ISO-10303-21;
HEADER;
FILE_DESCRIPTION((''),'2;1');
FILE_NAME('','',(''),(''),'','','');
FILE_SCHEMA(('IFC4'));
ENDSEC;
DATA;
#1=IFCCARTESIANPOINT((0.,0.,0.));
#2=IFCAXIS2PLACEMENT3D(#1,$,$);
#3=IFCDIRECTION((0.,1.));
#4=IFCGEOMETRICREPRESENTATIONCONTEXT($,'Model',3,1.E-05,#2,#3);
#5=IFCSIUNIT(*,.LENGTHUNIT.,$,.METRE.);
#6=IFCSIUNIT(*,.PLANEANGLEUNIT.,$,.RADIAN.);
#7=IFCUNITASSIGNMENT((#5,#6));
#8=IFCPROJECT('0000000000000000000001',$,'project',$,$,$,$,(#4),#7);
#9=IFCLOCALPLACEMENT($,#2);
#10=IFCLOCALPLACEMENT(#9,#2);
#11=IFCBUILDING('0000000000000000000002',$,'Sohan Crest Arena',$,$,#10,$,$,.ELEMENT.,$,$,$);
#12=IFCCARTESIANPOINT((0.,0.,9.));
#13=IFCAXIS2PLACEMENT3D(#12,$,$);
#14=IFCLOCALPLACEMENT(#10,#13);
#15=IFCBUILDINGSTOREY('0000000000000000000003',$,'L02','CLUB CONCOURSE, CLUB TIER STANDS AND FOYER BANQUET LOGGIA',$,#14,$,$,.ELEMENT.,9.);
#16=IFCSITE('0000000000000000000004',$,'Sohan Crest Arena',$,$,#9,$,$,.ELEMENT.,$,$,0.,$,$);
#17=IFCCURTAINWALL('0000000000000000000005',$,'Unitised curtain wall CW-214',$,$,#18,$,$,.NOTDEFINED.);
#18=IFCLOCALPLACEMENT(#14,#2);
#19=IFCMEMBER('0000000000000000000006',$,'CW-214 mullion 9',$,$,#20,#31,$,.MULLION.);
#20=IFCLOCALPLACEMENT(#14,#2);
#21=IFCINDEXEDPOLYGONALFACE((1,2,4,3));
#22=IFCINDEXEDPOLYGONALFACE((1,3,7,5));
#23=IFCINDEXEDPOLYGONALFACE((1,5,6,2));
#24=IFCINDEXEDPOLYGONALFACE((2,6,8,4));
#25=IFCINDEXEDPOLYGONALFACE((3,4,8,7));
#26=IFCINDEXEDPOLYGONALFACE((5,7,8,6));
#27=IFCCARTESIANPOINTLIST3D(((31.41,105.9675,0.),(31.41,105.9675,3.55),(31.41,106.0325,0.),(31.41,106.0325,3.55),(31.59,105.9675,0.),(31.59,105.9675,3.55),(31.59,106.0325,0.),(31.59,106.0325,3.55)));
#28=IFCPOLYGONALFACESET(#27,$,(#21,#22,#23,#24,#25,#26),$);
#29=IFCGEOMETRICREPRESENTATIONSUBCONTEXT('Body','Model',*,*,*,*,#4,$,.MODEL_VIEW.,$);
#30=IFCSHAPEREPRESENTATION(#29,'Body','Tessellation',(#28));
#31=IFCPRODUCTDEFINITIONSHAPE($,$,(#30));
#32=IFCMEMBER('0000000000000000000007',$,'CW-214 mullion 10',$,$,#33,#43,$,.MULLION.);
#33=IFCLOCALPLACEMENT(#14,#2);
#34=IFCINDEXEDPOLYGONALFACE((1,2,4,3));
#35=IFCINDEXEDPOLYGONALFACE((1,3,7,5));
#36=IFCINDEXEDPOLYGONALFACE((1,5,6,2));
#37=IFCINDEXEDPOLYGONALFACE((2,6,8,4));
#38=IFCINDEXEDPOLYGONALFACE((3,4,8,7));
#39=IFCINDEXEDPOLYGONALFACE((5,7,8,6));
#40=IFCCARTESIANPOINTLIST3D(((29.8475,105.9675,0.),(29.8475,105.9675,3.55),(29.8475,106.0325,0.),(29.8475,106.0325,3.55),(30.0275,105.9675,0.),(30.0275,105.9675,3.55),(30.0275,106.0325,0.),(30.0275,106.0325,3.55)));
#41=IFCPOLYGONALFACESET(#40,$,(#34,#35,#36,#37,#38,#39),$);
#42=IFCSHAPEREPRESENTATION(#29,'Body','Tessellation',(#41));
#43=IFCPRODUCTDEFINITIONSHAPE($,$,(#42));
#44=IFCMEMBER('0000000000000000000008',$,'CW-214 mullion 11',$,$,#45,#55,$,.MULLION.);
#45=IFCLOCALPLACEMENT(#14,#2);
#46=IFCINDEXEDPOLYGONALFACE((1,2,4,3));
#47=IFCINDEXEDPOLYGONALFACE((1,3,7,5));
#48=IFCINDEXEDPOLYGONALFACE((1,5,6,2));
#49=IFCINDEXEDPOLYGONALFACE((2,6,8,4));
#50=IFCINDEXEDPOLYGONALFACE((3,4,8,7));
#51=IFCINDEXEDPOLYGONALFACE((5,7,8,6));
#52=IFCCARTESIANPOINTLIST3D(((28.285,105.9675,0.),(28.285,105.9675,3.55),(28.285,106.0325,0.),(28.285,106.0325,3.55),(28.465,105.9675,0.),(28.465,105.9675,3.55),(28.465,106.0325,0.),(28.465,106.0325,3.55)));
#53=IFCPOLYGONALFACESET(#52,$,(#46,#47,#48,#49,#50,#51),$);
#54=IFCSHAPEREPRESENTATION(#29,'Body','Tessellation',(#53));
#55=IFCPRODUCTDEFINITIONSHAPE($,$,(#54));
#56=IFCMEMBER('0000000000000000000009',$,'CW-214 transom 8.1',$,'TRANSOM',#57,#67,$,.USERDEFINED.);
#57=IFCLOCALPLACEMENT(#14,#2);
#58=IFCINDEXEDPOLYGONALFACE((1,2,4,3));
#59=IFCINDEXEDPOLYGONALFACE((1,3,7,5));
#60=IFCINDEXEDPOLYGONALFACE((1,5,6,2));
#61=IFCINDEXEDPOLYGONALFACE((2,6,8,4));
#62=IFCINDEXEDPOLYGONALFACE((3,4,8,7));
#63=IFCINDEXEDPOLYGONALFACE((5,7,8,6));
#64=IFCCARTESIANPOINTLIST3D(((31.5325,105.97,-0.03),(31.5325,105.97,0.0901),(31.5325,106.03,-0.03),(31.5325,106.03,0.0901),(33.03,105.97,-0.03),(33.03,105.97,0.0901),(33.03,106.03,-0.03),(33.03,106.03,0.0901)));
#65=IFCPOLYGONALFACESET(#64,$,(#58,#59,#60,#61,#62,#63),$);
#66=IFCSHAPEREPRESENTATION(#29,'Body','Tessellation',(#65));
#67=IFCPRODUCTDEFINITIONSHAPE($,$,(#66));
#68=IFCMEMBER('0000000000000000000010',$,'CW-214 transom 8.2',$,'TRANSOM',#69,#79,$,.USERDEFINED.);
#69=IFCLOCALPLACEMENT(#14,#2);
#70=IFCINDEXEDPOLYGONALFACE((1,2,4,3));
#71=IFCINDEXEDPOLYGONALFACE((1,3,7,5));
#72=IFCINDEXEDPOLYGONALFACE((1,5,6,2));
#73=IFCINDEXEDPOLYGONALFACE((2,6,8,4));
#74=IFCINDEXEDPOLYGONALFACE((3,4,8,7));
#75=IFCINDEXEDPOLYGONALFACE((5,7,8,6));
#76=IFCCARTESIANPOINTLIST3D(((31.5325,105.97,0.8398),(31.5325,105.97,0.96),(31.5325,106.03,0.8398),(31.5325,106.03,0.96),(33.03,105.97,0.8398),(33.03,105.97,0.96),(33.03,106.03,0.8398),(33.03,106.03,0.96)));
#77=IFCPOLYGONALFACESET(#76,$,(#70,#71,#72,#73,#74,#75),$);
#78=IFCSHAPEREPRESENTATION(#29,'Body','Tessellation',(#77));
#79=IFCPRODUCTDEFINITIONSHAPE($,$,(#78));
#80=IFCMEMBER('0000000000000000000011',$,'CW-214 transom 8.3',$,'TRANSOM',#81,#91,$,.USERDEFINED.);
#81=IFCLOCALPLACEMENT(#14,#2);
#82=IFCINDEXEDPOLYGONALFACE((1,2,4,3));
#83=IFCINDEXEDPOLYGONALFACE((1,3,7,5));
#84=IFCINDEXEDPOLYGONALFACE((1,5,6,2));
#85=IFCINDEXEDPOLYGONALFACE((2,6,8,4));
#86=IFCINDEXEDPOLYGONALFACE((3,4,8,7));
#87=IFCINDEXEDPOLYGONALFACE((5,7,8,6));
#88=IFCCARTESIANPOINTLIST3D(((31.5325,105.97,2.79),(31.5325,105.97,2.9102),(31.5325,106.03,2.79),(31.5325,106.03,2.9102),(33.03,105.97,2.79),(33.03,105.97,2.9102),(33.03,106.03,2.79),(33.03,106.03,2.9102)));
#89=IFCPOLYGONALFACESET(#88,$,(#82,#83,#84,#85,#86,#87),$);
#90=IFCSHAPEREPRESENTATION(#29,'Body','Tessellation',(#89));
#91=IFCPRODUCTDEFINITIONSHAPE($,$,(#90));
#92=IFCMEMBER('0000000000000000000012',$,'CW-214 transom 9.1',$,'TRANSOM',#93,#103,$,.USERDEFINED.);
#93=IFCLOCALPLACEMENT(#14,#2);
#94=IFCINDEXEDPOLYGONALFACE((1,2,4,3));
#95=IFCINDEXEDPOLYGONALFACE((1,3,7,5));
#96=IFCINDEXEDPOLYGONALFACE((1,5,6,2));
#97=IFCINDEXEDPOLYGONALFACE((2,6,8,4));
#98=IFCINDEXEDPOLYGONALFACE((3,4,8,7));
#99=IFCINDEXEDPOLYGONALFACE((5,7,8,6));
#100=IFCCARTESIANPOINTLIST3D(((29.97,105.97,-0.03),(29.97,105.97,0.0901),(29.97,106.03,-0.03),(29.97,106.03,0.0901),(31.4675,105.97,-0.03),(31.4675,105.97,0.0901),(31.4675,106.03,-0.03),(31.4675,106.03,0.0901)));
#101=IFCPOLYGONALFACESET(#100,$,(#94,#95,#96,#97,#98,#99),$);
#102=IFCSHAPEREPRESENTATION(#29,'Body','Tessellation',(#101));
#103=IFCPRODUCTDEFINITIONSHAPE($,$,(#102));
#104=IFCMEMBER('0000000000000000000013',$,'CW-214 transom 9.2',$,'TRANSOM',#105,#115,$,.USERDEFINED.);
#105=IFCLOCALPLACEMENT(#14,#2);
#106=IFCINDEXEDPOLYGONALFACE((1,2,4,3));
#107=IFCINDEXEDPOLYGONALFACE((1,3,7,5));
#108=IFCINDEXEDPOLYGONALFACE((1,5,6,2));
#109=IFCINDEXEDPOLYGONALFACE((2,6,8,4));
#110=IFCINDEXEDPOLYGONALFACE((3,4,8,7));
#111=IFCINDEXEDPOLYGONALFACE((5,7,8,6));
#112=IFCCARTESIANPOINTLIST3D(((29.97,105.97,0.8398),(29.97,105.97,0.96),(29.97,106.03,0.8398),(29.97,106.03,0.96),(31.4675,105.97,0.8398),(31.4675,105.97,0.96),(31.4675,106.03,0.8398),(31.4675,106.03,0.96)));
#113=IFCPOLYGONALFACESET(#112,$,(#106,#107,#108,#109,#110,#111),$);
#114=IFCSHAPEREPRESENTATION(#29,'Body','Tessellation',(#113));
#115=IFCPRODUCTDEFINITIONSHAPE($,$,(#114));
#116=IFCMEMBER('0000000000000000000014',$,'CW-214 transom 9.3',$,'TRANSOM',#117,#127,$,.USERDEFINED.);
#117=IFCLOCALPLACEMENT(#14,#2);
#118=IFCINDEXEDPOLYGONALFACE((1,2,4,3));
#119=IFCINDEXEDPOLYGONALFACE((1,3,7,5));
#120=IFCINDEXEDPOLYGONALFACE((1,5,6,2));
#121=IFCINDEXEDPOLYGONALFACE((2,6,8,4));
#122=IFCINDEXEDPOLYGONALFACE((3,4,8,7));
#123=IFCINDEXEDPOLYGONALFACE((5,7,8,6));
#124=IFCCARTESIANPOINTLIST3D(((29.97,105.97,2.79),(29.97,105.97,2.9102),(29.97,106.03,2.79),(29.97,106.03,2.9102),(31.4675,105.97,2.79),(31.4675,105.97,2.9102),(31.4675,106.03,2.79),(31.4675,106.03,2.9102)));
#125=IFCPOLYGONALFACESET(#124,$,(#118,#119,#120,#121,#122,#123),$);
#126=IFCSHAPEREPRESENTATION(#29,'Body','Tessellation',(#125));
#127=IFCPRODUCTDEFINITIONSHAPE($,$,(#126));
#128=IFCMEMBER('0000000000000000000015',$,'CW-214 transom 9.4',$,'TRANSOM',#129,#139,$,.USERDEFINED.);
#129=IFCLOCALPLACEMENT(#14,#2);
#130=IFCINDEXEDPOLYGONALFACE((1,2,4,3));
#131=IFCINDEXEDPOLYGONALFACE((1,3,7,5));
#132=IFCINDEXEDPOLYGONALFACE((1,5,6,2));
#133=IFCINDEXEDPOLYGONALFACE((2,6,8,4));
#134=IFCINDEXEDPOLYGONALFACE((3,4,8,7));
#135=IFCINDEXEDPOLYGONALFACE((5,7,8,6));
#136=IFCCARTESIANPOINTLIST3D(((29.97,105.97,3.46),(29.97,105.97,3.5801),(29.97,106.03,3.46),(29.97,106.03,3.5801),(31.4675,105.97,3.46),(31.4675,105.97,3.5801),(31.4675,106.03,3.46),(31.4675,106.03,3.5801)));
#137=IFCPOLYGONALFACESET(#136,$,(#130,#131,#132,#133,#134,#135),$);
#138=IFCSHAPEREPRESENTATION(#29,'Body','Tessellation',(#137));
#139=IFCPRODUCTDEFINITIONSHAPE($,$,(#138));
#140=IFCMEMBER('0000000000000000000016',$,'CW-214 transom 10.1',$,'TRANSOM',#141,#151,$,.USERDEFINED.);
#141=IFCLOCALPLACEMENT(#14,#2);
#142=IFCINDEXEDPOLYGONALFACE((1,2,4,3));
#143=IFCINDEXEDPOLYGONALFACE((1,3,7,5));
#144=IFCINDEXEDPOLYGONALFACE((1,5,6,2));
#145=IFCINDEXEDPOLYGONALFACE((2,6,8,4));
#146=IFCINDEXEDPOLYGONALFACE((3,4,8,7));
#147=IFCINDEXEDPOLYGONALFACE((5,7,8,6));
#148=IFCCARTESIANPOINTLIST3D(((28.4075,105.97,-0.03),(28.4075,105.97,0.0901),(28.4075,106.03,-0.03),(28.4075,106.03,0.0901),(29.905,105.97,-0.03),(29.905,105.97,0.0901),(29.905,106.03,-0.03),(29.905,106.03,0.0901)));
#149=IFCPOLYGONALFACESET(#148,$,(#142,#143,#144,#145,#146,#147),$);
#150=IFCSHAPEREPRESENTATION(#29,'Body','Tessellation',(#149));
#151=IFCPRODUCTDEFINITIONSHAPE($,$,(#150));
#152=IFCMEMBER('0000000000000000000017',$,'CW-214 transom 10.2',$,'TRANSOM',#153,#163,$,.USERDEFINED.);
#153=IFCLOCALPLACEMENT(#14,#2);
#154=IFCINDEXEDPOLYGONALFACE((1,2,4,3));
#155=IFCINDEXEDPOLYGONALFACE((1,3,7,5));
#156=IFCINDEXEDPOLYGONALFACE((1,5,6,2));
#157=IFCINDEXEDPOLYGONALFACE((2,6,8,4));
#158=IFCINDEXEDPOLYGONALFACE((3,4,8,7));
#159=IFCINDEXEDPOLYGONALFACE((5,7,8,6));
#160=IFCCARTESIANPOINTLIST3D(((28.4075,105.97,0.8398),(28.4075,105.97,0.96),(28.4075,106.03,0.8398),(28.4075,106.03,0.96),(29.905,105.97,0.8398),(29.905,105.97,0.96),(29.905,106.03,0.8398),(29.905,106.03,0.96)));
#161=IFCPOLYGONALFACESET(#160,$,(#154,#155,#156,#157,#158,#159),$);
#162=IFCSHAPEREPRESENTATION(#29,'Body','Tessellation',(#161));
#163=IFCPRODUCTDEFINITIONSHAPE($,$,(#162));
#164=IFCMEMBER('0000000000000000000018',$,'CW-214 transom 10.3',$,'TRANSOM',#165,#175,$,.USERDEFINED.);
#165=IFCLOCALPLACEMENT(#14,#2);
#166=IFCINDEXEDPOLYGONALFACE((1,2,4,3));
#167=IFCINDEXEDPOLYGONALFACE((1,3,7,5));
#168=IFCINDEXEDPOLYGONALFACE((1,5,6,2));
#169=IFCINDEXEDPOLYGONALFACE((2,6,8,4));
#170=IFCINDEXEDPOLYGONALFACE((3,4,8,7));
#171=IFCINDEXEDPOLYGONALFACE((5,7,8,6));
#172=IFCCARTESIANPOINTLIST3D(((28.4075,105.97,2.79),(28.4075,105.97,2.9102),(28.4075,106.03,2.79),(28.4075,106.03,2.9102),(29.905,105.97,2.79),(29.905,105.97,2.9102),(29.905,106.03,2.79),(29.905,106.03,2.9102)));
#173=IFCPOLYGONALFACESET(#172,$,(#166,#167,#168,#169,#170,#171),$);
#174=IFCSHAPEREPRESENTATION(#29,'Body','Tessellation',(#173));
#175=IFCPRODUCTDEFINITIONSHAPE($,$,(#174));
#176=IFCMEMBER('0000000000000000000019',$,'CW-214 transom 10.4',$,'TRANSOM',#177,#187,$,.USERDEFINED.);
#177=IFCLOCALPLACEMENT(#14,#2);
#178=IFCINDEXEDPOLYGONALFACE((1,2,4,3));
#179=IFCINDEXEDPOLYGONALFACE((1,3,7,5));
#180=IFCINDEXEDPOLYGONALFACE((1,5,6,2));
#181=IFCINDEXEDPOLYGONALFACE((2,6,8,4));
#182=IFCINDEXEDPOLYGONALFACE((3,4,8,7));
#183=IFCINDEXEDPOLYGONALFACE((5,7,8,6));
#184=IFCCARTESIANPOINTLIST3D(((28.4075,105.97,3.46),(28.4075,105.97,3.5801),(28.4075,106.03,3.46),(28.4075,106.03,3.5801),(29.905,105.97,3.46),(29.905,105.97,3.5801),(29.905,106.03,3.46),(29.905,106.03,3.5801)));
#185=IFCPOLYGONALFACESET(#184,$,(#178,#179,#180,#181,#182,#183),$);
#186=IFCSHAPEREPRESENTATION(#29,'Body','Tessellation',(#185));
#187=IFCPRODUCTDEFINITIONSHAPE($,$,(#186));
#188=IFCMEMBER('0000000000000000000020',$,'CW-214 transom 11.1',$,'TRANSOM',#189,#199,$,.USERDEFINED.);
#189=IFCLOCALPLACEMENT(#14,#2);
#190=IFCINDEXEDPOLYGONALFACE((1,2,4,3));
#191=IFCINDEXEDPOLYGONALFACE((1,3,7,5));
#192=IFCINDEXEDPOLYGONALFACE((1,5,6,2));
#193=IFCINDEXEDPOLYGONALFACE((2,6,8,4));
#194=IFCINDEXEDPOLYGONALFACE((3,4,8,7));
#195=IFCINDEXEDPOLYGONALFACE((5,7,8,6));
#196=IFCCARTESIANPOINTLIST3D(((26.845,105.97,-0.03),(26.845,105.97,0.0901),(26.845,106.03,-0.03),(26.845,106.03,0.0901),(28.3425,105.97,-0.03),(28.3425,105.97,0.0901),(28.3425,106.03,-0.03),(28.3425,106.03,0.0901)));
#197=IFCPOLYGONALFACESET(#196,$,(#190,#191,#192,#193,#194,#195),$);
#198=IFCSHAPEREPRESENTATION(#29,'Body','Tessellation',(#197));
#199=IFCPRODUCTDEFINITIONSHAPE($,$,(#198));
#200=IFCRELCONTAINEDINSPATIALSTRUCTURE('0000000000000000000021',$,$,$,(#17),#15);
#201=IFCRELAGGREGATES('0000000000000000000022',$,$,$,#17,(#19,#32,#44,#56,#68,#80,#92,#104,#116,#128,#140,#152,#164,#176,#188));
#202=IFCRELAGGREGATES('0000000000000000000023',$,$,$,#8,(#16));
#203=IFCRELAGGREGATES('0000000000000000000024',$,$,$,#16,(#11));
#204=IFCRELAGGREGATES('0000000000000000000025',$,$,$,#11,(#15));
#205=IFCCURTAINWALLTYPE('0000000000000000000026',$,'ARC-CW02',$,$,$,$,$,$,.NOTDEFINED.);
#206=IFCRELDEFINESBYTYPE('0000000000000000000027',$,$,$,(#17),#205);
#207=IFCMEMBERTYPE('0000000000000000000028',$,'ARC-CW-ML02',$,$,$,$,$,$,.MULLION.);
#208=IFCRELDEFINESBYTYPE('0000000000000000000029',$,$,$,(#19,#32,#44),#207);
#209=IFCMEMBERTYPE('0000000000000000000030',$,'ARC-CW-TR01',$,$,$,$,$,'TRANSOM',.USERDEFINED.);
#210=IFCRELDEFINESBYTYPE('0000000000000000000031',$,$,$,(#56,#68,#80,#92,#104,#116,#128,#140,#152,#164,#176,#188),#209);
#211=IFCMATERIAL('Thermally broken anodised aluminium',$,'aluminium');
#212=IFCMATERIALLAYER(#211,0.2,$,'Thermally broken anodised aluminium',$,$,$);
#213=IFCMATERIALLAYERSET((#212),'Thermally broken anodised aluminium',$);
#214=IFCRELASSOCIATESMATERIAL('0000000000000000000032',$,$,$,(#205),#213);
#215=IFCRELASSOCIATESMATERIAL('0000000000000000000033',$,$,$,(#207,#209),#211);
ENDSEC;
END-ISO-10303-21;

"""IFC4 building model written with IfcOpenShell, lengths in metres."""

from ifc_helpers import new_model, si_unit, direction, frame, origin, origin_2d, place, context, subcontext, project, spatial, rectangle, extrude, material, layer, layer_set, material_profile, profile_set, type_object, element, aggregate, save


model = new_model("IFC4")

# Units and contexts
model_context = context("Model", 3, precision=1e-05, world=origin(), true_north=direction((0.0, 1.0)))
body_context = subcontext(model_context, "Body", "Model", "MODEL_VIEW")
ifc_project = project(units=[si_unit("LENGTHUNIT", "METRE"), si_unit("PLANEANGLEUNIT", "RADIAN")], contexts=[model_context])

# Site, building, storey
site_placement = place(None, origin())
site = spatial("IfcSite", under=ifc_project, at=site_placement, Name="Sohan Crest Arena", CompositionType="ELEMENT", RefElevation=0.0)
building_placement = place(site_placement, origin())
building = spatial("IfcBuilding", under=site, at=building_placement, Name="Sohan Crest Arena", CompositionType="ELEMENT")
storey_placement = place(building_placement, frame((0.0, 0.0, 9.0)))
storey = spatial("IfcBuildingStorey", under=building, at=storey_placement, Name="L02", Description="CLUB CONCOURSE, CLUB TIER STANDS AND FOYER BANQUET LOGGIA", CompositionType="ELEMENT", Elevation=9.0)

# Curtain wall, members
ifc_material_1 = material(Name="Thermally broken anodised aluminium", Category="aluminium")
ifc_layer_1 = layer(ifc_material_1, 0.2, Name="Thermally broken anodised aluminium")
ifc_layer_set_1 = layer_set([ifc_layer_1], Name="Thermally broken anodised aluminium")
curtain_wall_type = type_object("IfcCurtainWallType", Name="ARC-CW02", PredefinedType="NOTDEFINED", material=ifc_layer_set_1)
curtain_wall_placement = place(storey_placement, origin())
curtain_wall = element("IfcCurtainWall", 1, at=curtain_wall_placement, inside=storey, type_object=curtain_wall_type, Name="Unitised curtain wall CW-214", PredefinedType="NOTDEFINED")
ifc_material_profile_1 = material_profile(ifc_material_1, rectangle(XDim=0.0649, YDim=0.1799, at=origin_2d()), Name="ALU-MULL 65x180")
ifc_profile_set_1 = profile_set([ifc_material_profile_1], Name="Thermally broken anodised aluminium")
member_type_1 = type_object("IfcMemberType", Name="ARC-CW-ML02", PredefinedType="MULLION", material=ifc_profile_set_1)
member_1_placement = place(storey_placement, frame((31.5, 106.0, 0.0), z_axis=(0.0, 0.0, 1.0), x_axis=(0.0, -1.0, 0.0)))
member_1 = element("IfcMember", 2, at=member_1_placement, type_object=member_type_1, Name="CW-214 mullion 9", PredefinedType="MULLION", context=body_context, shape_type="SweptSolid", body=[
    extrude(rectangle(XDim=0.0649, YDim=0.1799, at=origin_2d()), origin(), (0.0, 0.0, 1.0), 3.55),
])
member_2_placement = place(storey_placement, frame((29.9375, 106.0, 0.0), z_axis=(0.0, 0.0, 1.0), x_axis=(0.0, -1.0, 0.0)))
member_2 = element("IfcMember", 3, at=member_2_placement, type_object=member_type_1, Name="CW-214 mullion 10", PredefinedType="MULLION", context=body_context, shape_type="SweptSolid", body=[
    extrude(rectangle(XDim=0.0649, YDim=0.1799, at=origin_2d()), origin(), (0.0, 0.0, 1.0), 3.55),
])
member_3_placement = place(storey_placement, frame((28.375, 106.0, 0.0), z_axis=(0.0, 0.0, 1.0), x_axis=(0.0, -1.0, 0.0)))
member_3 = element("IfcMember", 4, at=member_3_placement, type_object=member_type_1, Name="CW-214 mullion 11", PredefinedType="MULLION", context=body_context, shape_type="SweptSolid", body=[
    extrude(rectangle(XDim=0.0649, YDim=0.1799, at=origin_2d()), origin(), (0.0, 0.0, 1.0), 3.55),
])
ifc_material_profile_2 = material_profile(ifc_material_1, rectangle(XDim=0.0601, YDim=0.1201, at=origin_2d()), Name="ALU-TRAN 60x120")
ifc_profile_set_2 = profile_set([ifc_material_profile_2], Name="Thermally broken anodised aluminium")
member_type_2 = type_object("IfcMemberType", Name="ARC-CW-TR01", ElementType="TRANSOM", PredefinedType="USERDEFINED", material=ifc_profile_set_2)
member_4_placement = place(storey_placement, frame((33.03, 106.0, 0.03), z_axis=(-1.0, 0.0, 0.0), x_axis=(0.0, -1.0, 0.0)))
member_4 = element("IfcMember", 5, at=member_4_placement, type_object=member_type_2, Name="CW-214 transom 8.1", ObjectType="TRANSOM", PredefinedType="USERDEFINED", context=body_context, shape_type="SweptSolid", body=[
    extrude(rectangle(XDim=0.0601, YDim=0.1201, at=origin_2d()), origin(), (0.0, 0.0, 1.0), 1.4976),
])
member_5_placement = place(storey_placement, frame((33.03, 106.0, 0.8999), z_axis=(-1.0, 0.0, 0.0), x_axis=(0.0, -1.0, 0.0)))
member_5 = element("IfcMember", 6, at=member_5_placement, type_object=member_type_2, Name="CW-214 transom 8.2", ObjectType="TRANSOM", PredefinedType="USERDEFINED", context=body_context, shape_type="SweptSolid", body=[
    extrude(rectangle(XDim=0.0601, YDim=0.1201, at=origin_2d()), origin(), (0.0, 0.0, 1.0), 1.4976),
])
member_6_placement = place(storey_placement, frame((33.03, 106.0, 2.8501), z_axis=(-1.0, 0.0, 0.0), x_axis=(0.0, -1.0, 0.0)))
member_6 = element("IfcMember", 7, at=member_6_placement, type_object=member_type_2, Name="CW-214 transom 8.3", ObjectType="TRANSOM", PredefinedType="USERDEFINED", context=body_context, shape_type="SweptSolid", body=[
    extrude(rectangle(XDim=0.0601, YDim=0.1201, at=origin_2d()), origin(), (0.0, 0.0, 1.0), 1.4976),
])
member_7_placement = place(storey_placement, frame((31.4675, 106.0, 0.03), z_axis=(-1.0, 0.0, 0.0), x_axis=(0.0, -1.0, 0.0)))
member_7 = element("IfcMember", 8, at=member_7_placement, type_object=member_type_2, Name="CW-214 transom 9.1", ObjectType="TRANSOM", PredefinedType="USERDEFINED", context=body_context, shape_type="SweptSolid", body=[
    extrude(rectangle(XDim=0.0601, YDim=0.1201, at=origin_2d()), origin(), (0.0, 0.0, 1.0), 1.4976),
])
member_8_placement = place(storey_placement, frame((31.4675, 106.0, 0.8999), z_axis=(-1.0, 0.0, 0.0), x_axis=(0.0, -1.0, 0.0)))
member_8 = element("IfcMember", 9, at=member_8_placement, type_object=member_type_2, Name="CW-214 transom 9.2", ObjectType="TRANSOM", PredefinedType="USERDEFINED", context=body_context, shape_type="SweptSolid", body=[
    extrude(rectangle(XDim=0.0601, YDim=0.1201, at=origin_2d()), origin(), (0.0, 0.0, 1.0), 1.4976),
])
member_9_placement = place(storey_placement, frame((31.4675, 106.0, 2.8501), z_axis=(-1.0, 0.0, 0.0), x_axis=(0.0, -1.0, 0.0)))
member_9 = element("IfcMember", 10, at=member_9_placement, type_object=member_type_2, Name="CW-214 transom 9.3", ObjectType="TRANSOM", PredefinedType="USERDEFINED", context=body_context, shape_type="SweptSolid", body=[
    extrude(rectangle(XDim=0.0601, YDim=0.1201, at=origin_2d()), origin(), (0.0, 0.0, 1.0), 1.4976),
])
member_10_placement = place(storey_placement, frame((31.4675, 106.0, 3.52), z_axis=(-1.0, 0.0, 0.0), x_axis=(0.0, -1.0, 0.0)))
member_10 = element("IfcMember", 11, at=member_10_placement, type_object=member_type_2, Name="CW-214 transom 9.4", ObjectType="TRANSOM", PredefinedType="USERDEFINED", context=body_context, shape_type="SweptSolid", body=[
    extrude(rectangle(XDim=0.0601, YDim=0.1201, at=origin_2d()), origin(), (0.0, 0.0, 1.0), 1.4976),
])
member_11_placement = place(storey_placement, frame((29.905, 106.0, 0.03), z_axis=(-1.0, 0.0, 0.0), x_axis=(0.0, -1.0, 0.0)))
member_11 = element("IfcMember", 12, at=member_11_placement, type_object=member_type_2, Name="CW-214 transom 10.1", ObjectType="TRANSOM", PredefinedType="USERDEFINED", context=body_context, shape_type="SweptSolid", body=[
    extrude(rectangle(XDim=0.0601, YDim=0.1201, at=origin_2d()), origin(), (0.0, 0.0, 1.0), 1.4976),
])
member_12_placement = place(storey_placement, frame((29.905, 106.0, 0.8999), z_axis=(-1.0, 0.0, 0.0), x_axis=(0.0, -1.0, 0.0)))
member_12 = element("IfcMember", 13, at=member_12_placement, type_object=member_type_2, Name="CW-214 transom 10.2", ObjectType="TRANSOM", PredefinedType="USERDEFINED", context=body_context, shape_type="SweptSolid", body=[
    extrude(rectangle(XDim=0.0601, YDim=0.1201, at=origin_2d()), origin(), (0.0, 0.0, 1.0), 1.4976),
])
member_13_placement = place(storey_placement, frame((29.905, 106.0, 2.8501), z_axis=(-1.0, 0.0, 0.0), x_axis=(0.0, -1.0, 0.0)))
member_13 = element("IfcMember", 14, at=member_13_placement, type_object=member_type_2, Name="CW-214 transom 10.3", ObjectType="TRANSOM", PredefinedType="USERDEFINED", context=body_context, shape_type="SweptSolid", body=[
    extrude(rectangle(XDim=0.0601, YDim=0.1201, at=origin_2d()), origin(), (0.0, 0.0, 1.0), 1.4976),
])
member_14_placement = place(storey_placement, frame((29.905, 106.0, 3.52), z_axis=(-1.0, 0.0, 0.0), x_axis=(0.0, -1.0, 0.0)))
member_14 = element("IfcMember", 15, at=member_14_placement, type_object=member_type_2, Name="CW-214 transom 10.4", ObjectType="TRANSOM", PredefinedType="USERDEFINED", context=body_context, shape_type="SweptSolid", body=[
    extrude(rectangle(XDim=0.0601, YDim=0.1201, at=origin_2d()), origin(), (0.0, 0.0, 1.0), 1.4976),
])
member_15_placement = place(storey_placement, frame((28.3425, 106.0, 0.03), z_axis=(-1.0, 0.0, 0.0), x_axis=(0.0, -1.0, 0.0)))
member_15 = element("IfcMember", 16, at=member_15_placement, type_object=member_type_2, Name="CW-214 transom 11.1", ObjectType="TRANSOM", PredefinedType="USERDEFINED", context=body_context, shape_type="SweptSolid", body=[
    extrude(rectangle(XDim=0.0601, YDim=0.1201, at=origin_2d()), origin(), (0.0, 0.0, 1.0), 1.4976),
])
aggregate(curtain_wall, [member_1, member_2, member_3, member_4, member_5, member_6, member_7, member_8, member_9, member_10, member_11, member_12, member_13, member_14, member_15])

save(model, "model.ifc")
